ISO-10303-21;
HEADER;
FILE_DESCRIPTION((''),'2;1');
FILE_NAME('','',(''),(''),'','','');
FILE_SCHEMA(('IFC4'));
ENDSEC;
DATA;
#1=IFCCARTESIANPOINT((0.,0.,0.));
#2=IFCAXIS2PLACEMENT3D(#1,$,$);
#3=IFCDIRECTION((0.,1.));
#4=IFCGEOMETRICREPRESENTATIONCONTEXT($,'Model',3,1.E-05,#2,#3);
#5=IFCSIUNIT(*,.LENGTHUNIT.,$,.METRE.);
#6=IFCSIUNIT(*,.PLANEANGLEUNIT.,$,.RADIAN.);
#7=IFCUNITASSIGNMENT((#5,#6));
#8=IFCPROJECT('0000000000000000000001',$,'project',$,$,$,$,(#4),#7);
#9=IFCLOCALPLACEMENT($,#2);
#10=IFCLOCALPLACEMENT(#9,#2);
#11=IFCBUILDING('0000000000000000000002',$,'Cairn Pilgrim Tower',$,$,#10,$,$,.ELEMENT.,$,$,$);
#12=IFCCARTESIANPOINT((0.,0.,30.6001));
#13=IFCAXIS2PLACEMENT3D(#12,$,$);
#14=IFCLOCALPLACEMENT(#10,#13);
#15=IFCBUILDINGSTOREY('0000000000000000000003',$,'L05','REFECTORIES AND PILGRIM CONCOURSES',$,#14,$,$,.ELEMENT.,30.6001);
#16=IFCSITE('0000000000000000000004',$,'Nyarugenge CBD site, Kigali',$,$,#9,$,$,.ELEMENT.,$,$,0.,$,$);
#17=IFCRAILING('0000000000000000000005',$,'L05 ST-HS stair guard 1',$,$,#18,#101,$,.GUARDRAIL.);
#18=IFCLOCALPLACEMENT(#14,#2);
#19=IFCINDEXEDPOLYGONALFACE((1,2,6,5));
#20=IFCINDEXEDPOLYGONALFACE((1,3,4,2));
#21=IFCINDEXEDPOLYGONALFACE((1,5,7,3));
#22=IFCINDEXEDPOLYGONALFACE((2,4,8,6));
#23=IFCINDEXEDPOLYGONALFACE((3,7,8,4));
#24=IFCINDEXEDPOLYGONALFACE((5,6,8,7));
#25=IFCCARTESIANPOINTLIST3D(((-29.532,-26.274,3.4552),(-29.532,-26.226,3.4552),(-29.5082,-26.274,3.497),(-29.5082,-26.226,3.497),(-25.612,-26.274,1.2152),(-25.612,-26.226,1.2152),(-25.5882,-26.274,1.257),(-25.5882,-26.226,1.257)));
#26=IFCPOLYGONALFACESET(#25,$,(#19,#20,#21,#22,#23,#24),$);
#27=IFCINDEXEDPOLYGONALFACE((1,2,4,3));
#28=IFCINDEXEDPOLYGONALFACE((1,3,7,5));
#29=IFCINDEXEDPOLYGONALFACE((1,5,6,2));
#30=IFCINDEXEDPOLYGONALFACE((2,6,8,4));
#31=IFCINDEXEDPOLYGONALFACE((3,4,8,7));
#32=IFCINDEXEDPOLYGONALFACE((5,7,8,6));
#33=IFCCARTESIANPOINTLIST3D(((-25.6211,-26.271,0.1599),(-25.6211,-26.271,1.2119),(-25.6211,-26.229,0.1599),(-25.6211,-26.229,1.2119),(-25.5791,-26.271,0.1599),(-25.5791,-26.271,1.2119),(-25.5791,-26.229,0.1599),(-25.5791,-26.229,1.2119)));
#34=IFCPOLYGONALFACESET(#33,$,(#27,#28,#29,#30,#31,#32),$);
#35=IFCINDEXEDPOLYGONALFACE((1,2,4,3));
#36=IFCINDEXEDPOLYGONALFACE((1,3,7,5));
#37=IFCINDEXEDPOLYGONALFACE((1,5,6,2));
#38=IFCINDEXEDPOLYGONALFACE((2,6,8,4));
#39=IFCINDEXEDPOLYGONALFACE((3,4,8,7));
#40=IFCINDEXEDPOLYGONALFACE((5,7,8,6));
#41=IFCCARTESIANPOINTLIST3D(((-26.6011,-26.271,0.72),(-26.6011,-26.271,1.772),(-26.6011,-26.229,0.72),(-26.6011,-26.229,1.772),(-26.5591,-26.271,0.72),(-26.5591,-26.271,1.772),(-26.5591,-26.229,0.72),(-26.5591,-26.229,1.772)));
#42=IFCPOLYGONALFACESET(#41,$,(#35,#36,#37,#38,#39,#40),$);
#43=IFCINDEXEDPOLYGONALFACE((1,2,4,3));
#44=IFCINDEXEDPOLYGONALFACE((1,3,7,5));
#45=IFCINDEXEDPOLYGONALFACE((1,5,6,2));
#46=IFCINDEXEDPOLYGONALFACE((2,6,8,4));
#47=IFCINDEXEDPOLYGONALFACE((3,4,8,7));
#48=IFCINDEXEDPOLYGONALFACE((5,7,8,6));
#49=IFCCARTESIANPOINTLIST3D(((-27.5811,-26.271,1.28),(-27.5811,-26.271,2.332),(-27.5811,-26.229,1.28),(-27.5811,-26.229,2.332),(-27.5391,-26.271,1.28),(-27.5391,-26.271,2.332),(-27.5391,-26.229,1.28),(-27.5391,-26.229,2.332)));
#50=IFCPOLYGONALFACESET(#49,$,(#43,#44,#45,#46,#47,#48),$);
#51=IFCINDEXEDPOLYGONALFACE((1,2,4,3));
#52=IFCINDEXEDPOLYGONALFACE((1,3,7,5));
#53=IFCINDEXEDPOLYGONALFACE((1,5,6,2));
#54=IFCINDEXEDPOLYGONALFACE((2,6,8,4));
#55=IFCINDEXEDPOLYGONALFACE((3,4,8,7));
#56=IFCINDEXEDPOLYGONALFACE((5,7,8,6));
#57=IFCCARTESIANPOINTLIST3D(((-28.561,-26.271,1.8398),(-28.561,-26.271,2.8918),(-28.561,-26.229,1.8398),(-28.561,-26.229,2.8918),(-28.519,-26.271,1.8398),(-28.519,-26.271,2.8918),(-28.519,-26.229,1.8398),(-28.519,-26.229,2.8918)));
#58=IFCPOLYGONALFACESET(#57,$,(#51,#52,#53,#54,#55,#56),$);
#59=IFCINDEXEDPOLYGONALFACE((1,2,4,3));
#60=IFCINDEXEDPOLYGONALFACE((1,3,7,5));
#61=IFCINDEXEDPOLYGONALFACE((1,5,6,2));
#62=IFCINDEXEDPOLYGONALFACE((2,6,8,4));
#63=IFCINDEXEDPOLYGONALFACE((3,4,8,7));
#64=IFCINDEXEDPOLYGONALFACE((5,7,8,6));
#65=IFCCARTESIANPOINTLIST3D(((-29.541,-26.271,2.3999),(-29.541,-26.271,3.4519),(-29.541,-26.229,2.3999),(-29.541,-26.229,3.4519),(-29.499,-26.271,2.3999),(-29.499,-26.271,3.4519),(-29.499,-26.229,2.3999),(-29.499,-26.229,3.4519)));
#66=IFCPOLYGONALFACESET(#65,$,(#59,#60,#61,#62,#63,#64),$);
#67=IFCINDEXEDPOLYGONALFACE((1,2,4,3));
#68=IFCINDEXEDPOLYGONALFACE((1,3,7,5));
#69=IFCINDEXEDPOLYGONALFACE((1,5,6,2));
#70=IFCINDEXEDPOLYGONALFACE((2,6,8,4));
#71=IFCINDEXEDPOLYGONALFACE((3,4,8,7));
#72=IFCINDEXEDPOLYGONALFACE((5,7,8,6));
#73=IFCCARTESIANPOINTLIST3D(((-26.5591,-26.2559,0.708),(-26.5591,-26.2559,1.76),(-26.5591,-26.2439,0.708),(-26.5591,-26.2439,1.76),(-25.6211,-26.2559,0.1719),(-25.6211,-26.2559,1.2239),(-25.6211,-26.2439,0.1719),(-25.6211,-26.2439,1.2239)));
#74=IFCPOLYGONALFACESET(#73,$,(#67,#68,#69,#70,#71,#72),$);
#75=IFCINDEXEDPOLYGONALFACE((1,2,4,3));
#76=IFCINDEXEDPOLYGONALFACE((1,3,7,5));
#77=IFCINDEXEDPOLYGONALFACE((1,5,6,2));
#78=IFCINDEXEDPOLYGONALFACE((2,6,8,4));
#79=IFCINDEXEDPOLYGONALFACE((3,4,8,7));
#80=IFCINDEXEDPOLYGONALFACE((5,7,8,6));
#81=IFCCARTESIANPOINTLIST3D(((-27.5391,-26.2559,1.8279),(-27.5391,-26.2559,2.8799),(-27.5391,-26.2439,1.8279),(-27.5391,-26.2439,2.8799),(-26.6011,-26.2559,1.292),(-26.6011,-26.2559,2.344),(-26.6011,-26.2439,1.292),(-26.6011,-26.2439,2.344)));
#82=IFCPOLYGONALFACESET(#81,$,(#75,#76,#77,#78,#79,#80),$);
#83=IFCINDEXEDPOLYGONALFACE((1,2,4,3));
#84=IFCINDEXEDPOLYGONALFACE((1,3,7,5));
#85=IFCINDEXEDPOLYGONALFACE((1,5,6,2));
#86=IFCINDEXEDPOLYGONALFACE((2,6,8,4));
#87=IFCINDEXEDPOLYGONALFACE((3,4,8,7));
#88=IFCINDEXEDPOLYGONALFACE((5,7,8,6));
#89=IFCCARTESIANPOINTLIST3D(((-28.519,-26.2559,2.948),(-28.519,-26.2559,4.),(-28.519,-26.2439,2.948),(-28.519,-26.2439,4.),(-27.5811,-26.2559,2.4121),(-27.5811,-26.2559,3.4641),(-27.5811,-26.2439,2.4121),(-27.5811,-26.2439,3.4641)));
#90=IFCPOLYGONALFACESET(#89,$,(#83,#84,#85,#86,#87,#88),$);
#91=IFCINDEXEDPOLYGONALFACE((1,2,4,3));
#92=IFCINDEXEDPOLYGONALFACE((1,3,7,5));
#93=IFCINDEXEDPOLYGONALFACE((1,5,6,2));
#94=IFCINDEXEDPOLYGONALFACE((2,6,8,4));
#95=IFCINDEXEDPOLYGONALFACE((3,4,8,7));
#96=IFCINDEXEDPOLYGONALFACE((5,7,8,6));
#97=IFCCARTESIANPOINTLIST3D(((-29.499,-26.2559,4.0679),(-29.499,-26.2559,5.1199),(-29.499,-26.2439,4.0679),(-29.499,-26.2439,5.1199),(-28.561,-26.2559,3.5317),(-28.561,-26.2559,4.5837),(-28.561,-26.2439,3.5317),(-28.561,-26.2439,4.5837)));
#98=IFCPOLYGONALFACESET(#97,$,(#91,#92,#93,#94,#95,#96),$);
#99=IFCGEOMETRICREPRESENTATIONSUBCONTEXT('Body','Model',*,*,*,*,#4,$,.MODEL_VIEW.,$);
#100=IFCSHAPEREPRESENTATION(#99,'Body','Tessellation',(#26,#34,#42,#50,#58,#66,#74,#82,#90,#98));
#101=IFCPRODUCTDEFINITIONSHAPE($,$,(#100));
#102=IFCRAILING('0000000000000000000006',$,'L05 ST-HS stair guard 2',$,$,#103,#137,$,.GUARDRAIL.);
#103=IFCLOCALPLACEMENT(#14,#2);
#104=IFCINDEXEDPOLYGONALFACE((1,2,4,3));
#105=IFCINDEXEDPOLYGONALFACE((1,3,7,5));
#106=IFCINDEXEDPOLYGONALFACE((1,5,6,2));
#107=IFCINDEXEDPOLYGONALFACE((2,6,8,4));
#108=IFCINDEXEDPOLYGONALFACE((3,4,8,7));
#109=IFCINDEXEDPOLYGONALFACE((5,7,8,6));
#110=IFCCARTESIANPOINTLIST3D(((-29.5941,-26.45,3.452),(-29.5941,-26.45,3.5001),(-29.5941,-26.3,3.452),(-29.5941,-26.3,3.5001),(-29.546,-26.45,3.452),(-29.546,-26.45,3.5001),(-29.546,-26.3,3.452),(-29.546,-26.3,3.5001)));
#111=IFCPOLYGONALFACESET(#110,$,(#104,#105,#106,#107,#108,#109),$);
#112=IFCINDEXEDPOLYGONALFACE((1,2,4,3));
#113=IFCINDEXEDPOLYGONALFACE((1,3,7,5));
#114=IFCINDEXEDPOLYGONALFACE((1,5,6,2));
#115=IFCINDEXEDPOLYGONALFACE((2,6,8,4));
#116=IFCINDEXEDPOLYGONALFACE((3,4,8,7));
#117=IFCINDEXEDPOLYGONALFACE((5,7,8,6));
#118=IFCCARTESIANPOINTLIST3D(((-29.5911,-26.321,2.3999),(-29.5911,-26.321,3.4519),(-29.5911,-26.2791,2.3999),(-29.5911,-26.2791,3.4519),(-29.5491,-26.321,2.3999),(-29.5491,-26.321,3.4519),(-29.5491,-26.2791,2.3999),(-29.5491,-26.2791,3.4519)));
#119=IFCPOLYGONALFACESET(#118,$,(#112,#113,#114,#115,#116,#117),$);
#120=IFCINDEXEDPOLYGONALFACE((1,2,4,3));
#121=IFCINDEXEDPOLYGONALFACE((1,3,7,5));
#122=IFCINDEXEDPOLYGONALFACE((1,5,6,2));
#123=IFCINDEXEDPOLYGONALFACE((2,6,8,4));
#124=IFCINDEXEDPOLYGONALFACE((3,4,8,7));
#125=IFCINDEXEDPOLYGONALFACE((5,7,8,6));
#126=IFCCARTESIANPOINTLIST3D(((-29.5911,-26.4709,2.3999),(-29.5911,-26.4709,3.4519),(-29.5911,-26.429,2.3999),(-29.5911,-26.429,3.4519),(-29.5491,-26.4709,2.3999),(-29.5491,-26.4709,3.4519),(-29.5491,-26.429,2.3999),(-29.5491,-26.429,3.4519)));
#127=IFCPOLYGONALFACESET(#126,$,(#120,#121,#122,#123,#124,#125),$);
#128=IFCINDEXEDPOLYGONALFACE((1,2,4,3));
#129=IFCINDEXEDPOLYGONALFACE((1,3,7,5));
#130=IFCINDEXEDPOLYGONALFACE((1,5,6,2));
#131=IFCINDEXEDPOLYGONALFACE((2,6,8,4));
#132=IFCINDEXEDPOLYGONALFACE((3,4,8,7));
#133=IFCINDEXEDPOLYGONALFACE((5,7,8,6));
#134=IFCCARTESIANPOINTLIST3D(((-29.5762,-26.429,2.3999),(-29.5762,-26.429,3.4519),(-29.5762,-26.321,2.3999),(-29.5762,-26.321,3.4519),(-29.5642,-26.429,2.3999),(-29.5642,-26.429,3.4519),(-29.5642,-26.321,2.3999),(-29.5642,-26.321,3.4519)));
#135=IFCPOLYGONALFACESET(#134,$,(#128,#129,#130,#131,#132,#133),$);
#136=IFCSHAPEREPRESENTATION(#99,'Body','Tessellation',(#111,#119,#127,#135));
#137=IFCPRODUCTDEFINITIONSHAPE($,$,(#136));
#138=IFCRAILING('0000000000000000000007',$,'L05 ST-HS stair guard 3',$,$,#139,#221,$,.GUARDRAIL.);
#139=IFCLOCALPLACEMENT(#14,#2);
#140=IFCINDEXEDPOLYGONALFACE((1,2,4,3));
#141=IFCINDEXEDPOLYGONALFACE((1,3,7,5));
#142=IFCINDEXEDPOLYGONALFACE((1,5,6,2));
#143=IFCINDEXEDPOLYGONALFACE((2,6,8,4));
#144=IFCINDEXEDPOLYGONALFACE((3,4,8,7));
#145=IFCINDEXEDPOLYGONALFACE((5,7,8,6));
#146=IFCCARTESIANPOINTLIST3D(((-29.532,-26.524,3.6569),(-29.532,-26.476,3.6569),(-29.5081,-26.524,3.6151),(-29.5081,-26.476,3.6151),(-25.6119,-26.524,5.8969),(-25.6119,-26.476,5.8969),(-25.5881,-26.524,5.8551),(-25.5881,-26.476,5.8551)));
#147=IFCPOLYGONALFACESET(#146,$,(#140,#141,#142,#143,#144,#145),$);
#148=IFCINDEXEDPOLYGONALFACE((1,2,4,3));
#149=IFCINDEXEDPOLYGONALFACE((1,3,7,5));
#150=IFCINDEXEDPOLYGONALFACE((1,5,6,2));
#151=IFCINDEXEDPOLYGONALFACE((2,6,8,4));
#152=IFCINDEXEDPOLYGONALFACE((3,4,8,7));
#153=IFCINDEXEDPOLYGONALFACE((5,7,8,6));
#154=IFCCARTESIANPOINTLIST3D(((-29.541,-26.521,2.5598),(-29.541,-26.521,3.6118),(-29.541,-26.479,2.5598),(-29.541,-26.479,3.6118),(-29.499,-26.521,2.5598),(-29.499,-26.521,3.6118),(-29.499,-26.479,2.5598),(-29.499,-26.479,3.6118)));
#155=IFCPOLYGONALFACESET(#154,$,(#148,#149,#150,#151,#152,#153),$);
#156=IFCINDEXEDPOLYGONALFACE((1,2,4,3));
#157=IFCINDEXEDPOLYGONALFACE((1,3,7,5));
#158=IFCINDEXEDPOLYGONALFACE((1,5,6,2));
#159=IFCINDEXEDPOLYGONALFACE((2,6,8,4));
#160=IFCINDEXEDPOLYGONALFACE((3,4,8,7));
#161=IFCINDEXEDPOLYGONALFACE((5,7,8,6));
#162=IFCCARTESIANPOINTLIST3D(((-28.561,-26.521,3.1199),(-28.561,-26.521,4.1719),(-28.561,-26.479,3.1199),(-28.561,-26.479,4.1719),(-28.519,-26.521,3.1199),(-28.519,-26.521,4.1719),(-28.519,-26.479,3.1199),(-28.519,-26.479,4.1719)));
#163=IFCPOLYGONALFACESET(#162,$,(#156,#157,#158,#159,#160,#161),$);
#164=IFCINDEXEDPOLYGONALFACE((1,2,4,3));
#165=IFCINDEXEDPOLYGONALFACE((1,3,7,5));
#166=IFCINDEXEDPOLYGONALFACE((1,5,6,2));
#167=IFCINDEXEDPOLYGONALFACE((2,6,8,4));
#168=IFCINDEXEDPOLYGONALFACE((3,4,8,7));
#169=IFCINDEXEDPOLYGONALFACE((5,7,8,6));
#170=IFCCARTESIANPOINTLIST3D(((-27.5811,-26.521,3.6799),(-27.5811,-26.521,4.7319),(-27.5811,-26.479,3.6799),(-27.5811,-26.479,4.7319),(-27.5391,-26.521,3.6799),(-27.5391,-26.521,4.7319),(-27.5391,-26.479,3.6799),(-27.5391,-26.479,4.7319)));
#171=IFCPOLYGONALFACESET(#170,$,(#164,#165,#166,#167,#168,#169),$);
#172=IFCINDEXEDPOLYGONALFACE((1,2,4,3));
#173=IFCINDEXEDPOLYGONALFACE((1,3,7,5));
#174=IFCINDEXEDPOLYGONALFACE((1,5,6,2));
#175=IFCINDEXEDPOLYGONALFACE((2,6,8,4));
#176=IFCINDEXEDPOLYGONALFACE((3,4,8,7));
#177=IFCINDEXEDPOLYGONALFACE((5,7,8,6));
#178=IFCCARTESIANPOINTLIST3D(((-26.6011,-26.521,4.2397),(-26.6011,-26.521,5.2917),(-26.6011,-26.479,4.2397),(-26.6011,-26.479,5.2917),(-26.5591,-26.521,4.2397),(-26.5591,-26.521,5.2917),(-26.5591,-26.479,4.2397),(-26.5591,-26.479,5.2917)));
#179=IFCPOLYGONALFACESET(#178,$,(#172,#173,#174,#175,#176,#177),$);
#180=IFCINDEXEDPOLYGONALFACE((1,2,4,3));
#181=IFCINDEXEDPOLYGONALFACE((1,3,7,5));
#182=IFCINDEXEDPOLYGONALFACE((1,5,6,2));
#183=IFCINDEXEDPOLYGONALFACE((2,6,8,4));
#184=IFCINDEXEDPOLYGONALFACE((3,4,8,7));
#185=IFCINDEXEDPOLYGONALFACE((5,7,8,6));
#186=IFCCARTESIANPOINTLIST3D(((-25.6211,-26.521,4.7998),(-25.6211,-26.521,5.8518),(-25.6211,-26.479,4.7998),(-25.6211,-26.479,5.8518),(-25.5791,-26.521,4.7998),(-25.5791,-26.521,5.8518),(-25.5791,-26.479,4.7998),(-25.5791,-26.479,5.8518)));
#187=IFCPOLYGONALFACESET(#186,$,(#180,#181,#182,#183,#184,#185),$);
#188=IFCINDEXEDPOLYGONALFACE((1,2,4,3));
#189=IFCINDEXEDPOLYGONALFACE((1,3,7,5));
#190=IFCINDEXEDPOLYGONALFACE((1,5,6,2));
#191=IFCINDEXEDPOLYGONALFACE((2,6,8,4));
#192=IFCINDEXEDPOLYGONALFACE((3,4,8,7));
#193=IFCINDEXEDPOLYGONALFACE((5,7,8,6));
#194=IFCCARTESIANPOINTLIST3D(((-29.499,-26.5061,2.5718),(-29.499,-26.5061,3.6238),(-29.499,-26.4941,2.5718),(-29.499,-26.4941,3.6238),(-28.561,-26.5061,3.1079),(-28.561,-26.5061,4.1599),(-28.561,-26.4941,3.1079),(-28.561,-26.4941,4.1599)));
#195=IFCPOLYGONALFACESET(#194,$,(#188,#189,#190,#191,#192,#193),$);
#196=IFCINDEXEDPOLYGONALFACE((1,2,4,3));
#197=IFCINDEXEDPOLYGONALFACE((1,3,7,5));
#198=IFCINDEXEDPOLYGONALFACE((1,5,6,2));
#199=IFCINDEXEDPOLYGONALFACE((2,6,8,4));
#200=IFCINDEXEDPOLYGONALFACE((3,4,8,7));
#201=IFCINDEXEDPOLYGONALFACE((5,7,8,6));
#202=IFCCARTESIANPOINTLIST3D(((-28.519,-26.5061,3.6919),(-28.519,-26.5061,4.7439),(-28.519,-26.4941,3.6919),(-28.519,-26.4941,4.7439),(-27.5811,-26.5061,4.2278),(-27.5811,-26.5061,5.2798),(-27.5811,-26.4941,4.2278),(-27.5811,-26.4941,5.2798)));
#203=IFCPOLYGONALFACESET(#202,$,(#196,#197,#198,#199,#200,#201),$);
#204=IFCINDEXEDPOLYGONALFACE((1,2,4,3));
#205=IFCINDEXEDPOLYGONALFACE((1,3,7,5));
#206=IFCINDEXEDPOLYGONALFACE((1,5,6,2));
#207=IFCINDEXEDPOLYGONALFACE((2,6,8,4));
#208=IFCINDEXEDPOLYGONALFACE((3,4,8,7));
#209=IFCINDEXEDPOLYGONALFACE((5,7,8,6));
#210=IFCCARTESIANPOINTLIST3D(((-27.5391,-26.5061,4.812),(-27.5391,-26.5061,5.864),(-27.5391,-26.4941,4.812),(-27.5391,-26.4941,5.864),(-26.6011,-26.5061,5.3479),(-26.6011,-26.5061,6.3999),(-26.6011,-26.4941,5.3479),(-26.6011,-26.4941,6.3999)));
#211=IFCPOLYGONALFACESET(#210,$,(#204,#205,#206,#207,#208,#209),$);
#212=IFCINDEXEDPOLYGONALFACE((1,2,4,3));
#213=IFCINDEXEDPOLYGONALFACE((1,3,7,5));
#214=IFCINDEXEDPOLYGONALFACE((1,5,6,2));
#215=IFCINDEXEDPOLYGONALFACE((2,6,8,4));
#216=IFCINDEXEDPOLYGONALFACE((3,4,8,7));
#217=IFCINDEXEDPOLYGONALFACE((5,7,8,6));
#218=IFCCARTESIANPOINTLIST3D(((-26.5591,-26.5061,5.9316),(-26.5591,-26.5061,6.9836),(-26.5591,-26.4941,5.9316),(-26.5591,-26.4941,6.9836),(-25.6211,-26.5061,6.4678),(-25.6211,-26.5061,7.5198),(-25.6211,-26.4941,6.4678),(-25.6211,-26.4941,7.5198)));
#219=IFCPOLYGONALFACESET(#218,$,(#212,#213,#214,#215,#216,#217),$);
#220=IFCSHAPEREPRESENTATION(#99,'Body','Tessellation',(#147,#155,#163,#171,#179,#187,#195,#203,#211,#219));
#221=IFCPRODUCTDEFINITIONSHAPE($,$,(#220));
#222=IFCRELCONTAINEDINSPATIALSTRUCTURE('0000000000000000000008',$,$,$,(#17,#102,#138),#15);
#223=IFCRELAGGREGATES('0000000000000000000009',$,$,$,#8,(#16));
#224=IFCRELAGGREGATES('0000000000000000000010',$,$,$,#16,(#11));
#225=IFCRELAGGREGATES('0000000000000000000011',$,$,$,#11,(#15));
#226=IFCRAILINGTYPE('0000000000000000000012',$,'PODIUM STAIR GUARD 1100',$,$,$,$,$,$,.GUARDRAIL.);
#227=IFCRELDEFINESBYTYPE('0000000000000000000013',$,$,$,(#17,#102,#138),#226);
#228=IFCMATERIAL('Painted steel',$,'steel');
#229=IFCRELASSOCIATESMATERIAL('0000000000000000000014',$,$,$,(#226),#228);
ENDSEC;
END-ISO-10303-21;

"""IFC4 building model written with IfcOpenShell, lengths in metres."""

from ifc_helpers import new_model, si_unit, direction, frame, origin, origin_2d, place, context, subcontext, project, spatial, polyline, rectangle, outline, extrude, material, type_object, element, save


model = new_model("IFC4")

# Units and contexts
model_context = context("Model", 3, precision=1e-05, world=origin(), true_north=direction((0.0, 1.0)))
body_context = subcontext(model_context, "Body", "Model", "MODEL_VIEW")
ifc_project = project(units=[si_unit("LENGTHUNIT", "METRE"), si_unit("PLANEANGLEUNIT", "RADIAN")], contexts=[model_context])

# Site, building, storey
site_placement = place(None, origin())
site = spatial("IfcSite", under=ifc_project, at=site_placement, Name="Nyarugenge CBD site, Kigali", CompositionType="ELEMENT", RefElevation=0.0)
building_placement = place(site_placement, origin())
building = spatial("IfcBuilding", under=site, at=building_placement, Name="Cairn Pilgrim Tower", CompositionType="ELEMENT")
storey_placement = place(building_placement, frame((0.0, 0.0, 30.6001)))
storey = spatial("IfcBuildingStorey", under=building, at=storey_placement, Name="L05", Description="REFECTORIES AND PILGRIM CONCOURSES", CompositionType="ELEMENT", Elevation=30.6001)

# Railings
ifc_material_1 = material(Name="Painted steel", Category="steel")
railing_type_1 = type_object("IfcRailingType", Name="PODIUM STAIR GUARD 1100", PredefinedType="GUARDRAIL", material=ifc_material_1)
railing_1_placement = place(storey_placement, frame((-25.6001, -26.25, 0.1599)))
element("IfcRailing", 1, at=railing_1_placement, inside=storey, type_object=railing_type_1, Name="L05 ST-HS stair guard 1", PredefinedType="GUARDRAIL", context=body_context, shape_type="SweptSolid", body=[
    extrude(rectangle(XDim=0.0481, YDim=0.0481, at=origin_2d()), frame((0.0, 0.0, 1.0762), z_axis=(-0.86824, 0.0, 0.496145), x_axis=(0.0, -1.0, 0.0)), (0.0, 0.0, 1.0), 4.5149),
    extrude(rectangle(XDim=0.042, YDim=0.042, at=origin_2d()), origin(), (0.0, 0.0, 1.0), 1.052),
    extrude(rectangle(XDim=0.042, YDim=0.042, at=origin_2d()), frame((-0.98, 0.0, 0.5601)), (0.0, 0.0, 1.0), 1.052),
    extrude(rectangle(XDim=0.042, YDim=0.042, at=origin_2d()), frame((-1.96, 0.0, 1.1201)), (0.0, 0.0, 1.0), 1.052),
    extrude(rectangle(XDim=0.042, YDim=0.042, at=origin_2d()), frame((-2.9399, 0.0, 1.6799)), (0.0, 0.0, 1.0), 1.052),
    extrude(rectangle(XDim=0.042, YDim=0.042, at=origin_2d()), frame((-3.9199, 0.0, 2.24)), (0.0, 0.0, 1.0), 1.052),
    extrude(outline(polyline([(0.021, 0.012), (0.959, 0.5481), (0.959, 1.6001), (0.021, 1.064), (0.021, 0.012)])), frame((0.0, -0.0059, 0.0), z_axis=(0.0, 1.0, 0.0), x_axis=(-1.0, 0.0, 0.0)), (0.0, 0.0, 1.0), 0.012),
    extrude(outline(polyline([(0.021, 0.572), (0.959, 1.1079), (0.959, 2.1599), (0.021, 1.624), (0.021, 0.572)])), frame((-0.98, -0.0059, 0.5601), z_axis=(0.0, 1.0, 0.0), x_axis=(-1.0, 0.0, 0.0)), (0.0, 0.0, 1.0), 0.012),
    extrude(outline(polyline([(0.021, 1.1321), (0.959, 1.668), (0.959, 2.72), (0.021, 2.1841), (0.021, 1.1321)])), frame((-1.96, -0.0059, 1.1201), z_axis=(0.0, 1.0, 0.0), x_axis=(-1.0, 0.0, 0.0)), (0.0, 0.0, 1.0), 0.012),
    extrude(outline(polyline([(0.021, 1.6919), (0.959, 2.228), (0.959, 3.28), (0.021, 2.7439), (0.021, 1.6919)])), frame((-2.9399, -0.0059, 1.6799), z_axis=(0.0, 1.0, 0.0), x_axis=(-1.0, 0.0, 0.0)), (0.0, 0.0, 1.0), 0.012),
])
railing_2_placement = place(storey_placement, frame((-29.5701, -26.3, 2.3999)))
element("IfcRailing", 2, at=railing_2_placement, inside=storey, type_object=railing_type_1, Name="L05 ST-HS stair guard 2", PredefinedType="GUARDRAIL", context=body_context, shape_type="SweptSolid", body=[
    extrude(rectangle(XDim=0.0481, YDim=0.0481, at=origin_2d()), frame((0.0, 0.0, 1.0762), z_axis=(0.0, -1.0, 0.0), x_axis=(1.0, 0.0, 0.0)), (0.0, 0.0, 1.0), 0.1499),
    extrude(rectangle(XDim=0.042, YDim=0.042, at=origin_2d()), origin(), (0.0, 0.0, 1.0), 1.052),
    extrude(rectangle(XDim=0.042, YDim=0.042, at=origin_2d()), frame((0.0, -0.1499, 0.0)), (0.0, 0.0, 1.0), 1.052),
    extrude(outline(polyline([(0.021, 0.0), (0.1289, 0.0), (0.1289, 1.052), (0.021, 1.052), (0.021, 0.0)])), frame((0.0059, 0.0, 0.0), z_axis=(-1.0, 0.0, 0.0), x_axis=(0.0, -1.0, 0.0)), (0.0, 0.0, 1.0), 0.012),
])
railing_3_placement = place(storey_placement, frame((-29.52, -26.5, 2.5598)))
element("IfcRailing", 3, at=railing_3_placement, inside=storey, type_object=railing_type_1, Name="L05 ST-HS stair guard 3", PredefinedType="GUARDRAIL", context=body_context, shape_type="SweptSolid", body=[
    extrude(rectangle(XDim=0.0481, YDim=0.0481, at=origin_2d()), frame((0.0, 0.0, 1.0762), z_axis=(0.86824, 0.0, 0.496145), x_axis=(0.0, 1.0, 0.0)), (0.0, 0.0, 1.0), 4.5149),
    extrude(rectangle(XDim=0.042, YDim=0.042, at=origin_2d()), origin(), (0.0, 0.0, 1.0), 1.052),
    extrude(rectangle(XDim=0.042, YDim=0.042, at=origin_2d()), frame((0.98, 0.0, 0.5601)), (0.0, 0.0, 1.0), 1.052),
    extrude(rectangle(XDim=0.042, YDim=0.042, at=origin_2d()), frame((1.96, 0.0, 1.1201)), (0.0, 0.0, 1.0), 1.052),
    extrude(rectangle(XDim=0.042, YDim=0.042, at=origin_2d()), frame((2.9399, 0.0, 1.6799)), (0.0, 0.0, 1.0), 1.052),
    extrude(rectangle(XDim=0.042, YDim=0.042, at=origin_2d()), frame((3.9199, 0.0, 2.24)), (0.0, 0.0, 1.0), 1.052),
    extrude(outline(polyline([(0.021, 0.012), (0.959, 0.5481), (0.959, 1.6001), (0.021, 1.064), (0.021, 0.012)])), frame((0.0, 0.0059, 0.0), z_axis=(0.0, -1.0, 0.0), x_axis=(1.0, 0.0, 0.0)), (0.0, 0.0, 1.0), 0.012),
    extrude(outline(polyline([(0.021, 0.572), (0.959, 1.1079), (0.959, 2.1599), (0.021, 1.624), (0.021, 0.572)])), frame((0.98, 0.0059, 0.5601), z_axis=(0.0, -1.0, 0.0), x_axis=(1.0, 0.0, 0.0)), (0.0, 0.0, 1.0), 0.012),
    extrude(outline(polyline([(0.021, 1.1321), (0.959, 1.668), (0.959, 2.72), (0.021, 2.1841), (0.021, 1.1321)])), frame((1.96, 0.0059, 1.1201), z_axis=(0.0, -1.0, 0.0), x_axis=(1.0, 0.0, 0.0)), (0.0, 0.0, 1.0), 0.012),
    extrude(outline(polyline([(0.021, 1.6919), (0.959, 2.228), (0.959, 3.28), (0.021, 2.7439), (0.021, 1.6919)])), frame((2.9399, 0.0059, 1.6799), z_axis=(0.0, -1.0, 0.0), x_axis=(1.0, 0.0, 0.0)), (0.0, 0.0, 1.0), 0.012),
])

save(model, "model.ifc")
